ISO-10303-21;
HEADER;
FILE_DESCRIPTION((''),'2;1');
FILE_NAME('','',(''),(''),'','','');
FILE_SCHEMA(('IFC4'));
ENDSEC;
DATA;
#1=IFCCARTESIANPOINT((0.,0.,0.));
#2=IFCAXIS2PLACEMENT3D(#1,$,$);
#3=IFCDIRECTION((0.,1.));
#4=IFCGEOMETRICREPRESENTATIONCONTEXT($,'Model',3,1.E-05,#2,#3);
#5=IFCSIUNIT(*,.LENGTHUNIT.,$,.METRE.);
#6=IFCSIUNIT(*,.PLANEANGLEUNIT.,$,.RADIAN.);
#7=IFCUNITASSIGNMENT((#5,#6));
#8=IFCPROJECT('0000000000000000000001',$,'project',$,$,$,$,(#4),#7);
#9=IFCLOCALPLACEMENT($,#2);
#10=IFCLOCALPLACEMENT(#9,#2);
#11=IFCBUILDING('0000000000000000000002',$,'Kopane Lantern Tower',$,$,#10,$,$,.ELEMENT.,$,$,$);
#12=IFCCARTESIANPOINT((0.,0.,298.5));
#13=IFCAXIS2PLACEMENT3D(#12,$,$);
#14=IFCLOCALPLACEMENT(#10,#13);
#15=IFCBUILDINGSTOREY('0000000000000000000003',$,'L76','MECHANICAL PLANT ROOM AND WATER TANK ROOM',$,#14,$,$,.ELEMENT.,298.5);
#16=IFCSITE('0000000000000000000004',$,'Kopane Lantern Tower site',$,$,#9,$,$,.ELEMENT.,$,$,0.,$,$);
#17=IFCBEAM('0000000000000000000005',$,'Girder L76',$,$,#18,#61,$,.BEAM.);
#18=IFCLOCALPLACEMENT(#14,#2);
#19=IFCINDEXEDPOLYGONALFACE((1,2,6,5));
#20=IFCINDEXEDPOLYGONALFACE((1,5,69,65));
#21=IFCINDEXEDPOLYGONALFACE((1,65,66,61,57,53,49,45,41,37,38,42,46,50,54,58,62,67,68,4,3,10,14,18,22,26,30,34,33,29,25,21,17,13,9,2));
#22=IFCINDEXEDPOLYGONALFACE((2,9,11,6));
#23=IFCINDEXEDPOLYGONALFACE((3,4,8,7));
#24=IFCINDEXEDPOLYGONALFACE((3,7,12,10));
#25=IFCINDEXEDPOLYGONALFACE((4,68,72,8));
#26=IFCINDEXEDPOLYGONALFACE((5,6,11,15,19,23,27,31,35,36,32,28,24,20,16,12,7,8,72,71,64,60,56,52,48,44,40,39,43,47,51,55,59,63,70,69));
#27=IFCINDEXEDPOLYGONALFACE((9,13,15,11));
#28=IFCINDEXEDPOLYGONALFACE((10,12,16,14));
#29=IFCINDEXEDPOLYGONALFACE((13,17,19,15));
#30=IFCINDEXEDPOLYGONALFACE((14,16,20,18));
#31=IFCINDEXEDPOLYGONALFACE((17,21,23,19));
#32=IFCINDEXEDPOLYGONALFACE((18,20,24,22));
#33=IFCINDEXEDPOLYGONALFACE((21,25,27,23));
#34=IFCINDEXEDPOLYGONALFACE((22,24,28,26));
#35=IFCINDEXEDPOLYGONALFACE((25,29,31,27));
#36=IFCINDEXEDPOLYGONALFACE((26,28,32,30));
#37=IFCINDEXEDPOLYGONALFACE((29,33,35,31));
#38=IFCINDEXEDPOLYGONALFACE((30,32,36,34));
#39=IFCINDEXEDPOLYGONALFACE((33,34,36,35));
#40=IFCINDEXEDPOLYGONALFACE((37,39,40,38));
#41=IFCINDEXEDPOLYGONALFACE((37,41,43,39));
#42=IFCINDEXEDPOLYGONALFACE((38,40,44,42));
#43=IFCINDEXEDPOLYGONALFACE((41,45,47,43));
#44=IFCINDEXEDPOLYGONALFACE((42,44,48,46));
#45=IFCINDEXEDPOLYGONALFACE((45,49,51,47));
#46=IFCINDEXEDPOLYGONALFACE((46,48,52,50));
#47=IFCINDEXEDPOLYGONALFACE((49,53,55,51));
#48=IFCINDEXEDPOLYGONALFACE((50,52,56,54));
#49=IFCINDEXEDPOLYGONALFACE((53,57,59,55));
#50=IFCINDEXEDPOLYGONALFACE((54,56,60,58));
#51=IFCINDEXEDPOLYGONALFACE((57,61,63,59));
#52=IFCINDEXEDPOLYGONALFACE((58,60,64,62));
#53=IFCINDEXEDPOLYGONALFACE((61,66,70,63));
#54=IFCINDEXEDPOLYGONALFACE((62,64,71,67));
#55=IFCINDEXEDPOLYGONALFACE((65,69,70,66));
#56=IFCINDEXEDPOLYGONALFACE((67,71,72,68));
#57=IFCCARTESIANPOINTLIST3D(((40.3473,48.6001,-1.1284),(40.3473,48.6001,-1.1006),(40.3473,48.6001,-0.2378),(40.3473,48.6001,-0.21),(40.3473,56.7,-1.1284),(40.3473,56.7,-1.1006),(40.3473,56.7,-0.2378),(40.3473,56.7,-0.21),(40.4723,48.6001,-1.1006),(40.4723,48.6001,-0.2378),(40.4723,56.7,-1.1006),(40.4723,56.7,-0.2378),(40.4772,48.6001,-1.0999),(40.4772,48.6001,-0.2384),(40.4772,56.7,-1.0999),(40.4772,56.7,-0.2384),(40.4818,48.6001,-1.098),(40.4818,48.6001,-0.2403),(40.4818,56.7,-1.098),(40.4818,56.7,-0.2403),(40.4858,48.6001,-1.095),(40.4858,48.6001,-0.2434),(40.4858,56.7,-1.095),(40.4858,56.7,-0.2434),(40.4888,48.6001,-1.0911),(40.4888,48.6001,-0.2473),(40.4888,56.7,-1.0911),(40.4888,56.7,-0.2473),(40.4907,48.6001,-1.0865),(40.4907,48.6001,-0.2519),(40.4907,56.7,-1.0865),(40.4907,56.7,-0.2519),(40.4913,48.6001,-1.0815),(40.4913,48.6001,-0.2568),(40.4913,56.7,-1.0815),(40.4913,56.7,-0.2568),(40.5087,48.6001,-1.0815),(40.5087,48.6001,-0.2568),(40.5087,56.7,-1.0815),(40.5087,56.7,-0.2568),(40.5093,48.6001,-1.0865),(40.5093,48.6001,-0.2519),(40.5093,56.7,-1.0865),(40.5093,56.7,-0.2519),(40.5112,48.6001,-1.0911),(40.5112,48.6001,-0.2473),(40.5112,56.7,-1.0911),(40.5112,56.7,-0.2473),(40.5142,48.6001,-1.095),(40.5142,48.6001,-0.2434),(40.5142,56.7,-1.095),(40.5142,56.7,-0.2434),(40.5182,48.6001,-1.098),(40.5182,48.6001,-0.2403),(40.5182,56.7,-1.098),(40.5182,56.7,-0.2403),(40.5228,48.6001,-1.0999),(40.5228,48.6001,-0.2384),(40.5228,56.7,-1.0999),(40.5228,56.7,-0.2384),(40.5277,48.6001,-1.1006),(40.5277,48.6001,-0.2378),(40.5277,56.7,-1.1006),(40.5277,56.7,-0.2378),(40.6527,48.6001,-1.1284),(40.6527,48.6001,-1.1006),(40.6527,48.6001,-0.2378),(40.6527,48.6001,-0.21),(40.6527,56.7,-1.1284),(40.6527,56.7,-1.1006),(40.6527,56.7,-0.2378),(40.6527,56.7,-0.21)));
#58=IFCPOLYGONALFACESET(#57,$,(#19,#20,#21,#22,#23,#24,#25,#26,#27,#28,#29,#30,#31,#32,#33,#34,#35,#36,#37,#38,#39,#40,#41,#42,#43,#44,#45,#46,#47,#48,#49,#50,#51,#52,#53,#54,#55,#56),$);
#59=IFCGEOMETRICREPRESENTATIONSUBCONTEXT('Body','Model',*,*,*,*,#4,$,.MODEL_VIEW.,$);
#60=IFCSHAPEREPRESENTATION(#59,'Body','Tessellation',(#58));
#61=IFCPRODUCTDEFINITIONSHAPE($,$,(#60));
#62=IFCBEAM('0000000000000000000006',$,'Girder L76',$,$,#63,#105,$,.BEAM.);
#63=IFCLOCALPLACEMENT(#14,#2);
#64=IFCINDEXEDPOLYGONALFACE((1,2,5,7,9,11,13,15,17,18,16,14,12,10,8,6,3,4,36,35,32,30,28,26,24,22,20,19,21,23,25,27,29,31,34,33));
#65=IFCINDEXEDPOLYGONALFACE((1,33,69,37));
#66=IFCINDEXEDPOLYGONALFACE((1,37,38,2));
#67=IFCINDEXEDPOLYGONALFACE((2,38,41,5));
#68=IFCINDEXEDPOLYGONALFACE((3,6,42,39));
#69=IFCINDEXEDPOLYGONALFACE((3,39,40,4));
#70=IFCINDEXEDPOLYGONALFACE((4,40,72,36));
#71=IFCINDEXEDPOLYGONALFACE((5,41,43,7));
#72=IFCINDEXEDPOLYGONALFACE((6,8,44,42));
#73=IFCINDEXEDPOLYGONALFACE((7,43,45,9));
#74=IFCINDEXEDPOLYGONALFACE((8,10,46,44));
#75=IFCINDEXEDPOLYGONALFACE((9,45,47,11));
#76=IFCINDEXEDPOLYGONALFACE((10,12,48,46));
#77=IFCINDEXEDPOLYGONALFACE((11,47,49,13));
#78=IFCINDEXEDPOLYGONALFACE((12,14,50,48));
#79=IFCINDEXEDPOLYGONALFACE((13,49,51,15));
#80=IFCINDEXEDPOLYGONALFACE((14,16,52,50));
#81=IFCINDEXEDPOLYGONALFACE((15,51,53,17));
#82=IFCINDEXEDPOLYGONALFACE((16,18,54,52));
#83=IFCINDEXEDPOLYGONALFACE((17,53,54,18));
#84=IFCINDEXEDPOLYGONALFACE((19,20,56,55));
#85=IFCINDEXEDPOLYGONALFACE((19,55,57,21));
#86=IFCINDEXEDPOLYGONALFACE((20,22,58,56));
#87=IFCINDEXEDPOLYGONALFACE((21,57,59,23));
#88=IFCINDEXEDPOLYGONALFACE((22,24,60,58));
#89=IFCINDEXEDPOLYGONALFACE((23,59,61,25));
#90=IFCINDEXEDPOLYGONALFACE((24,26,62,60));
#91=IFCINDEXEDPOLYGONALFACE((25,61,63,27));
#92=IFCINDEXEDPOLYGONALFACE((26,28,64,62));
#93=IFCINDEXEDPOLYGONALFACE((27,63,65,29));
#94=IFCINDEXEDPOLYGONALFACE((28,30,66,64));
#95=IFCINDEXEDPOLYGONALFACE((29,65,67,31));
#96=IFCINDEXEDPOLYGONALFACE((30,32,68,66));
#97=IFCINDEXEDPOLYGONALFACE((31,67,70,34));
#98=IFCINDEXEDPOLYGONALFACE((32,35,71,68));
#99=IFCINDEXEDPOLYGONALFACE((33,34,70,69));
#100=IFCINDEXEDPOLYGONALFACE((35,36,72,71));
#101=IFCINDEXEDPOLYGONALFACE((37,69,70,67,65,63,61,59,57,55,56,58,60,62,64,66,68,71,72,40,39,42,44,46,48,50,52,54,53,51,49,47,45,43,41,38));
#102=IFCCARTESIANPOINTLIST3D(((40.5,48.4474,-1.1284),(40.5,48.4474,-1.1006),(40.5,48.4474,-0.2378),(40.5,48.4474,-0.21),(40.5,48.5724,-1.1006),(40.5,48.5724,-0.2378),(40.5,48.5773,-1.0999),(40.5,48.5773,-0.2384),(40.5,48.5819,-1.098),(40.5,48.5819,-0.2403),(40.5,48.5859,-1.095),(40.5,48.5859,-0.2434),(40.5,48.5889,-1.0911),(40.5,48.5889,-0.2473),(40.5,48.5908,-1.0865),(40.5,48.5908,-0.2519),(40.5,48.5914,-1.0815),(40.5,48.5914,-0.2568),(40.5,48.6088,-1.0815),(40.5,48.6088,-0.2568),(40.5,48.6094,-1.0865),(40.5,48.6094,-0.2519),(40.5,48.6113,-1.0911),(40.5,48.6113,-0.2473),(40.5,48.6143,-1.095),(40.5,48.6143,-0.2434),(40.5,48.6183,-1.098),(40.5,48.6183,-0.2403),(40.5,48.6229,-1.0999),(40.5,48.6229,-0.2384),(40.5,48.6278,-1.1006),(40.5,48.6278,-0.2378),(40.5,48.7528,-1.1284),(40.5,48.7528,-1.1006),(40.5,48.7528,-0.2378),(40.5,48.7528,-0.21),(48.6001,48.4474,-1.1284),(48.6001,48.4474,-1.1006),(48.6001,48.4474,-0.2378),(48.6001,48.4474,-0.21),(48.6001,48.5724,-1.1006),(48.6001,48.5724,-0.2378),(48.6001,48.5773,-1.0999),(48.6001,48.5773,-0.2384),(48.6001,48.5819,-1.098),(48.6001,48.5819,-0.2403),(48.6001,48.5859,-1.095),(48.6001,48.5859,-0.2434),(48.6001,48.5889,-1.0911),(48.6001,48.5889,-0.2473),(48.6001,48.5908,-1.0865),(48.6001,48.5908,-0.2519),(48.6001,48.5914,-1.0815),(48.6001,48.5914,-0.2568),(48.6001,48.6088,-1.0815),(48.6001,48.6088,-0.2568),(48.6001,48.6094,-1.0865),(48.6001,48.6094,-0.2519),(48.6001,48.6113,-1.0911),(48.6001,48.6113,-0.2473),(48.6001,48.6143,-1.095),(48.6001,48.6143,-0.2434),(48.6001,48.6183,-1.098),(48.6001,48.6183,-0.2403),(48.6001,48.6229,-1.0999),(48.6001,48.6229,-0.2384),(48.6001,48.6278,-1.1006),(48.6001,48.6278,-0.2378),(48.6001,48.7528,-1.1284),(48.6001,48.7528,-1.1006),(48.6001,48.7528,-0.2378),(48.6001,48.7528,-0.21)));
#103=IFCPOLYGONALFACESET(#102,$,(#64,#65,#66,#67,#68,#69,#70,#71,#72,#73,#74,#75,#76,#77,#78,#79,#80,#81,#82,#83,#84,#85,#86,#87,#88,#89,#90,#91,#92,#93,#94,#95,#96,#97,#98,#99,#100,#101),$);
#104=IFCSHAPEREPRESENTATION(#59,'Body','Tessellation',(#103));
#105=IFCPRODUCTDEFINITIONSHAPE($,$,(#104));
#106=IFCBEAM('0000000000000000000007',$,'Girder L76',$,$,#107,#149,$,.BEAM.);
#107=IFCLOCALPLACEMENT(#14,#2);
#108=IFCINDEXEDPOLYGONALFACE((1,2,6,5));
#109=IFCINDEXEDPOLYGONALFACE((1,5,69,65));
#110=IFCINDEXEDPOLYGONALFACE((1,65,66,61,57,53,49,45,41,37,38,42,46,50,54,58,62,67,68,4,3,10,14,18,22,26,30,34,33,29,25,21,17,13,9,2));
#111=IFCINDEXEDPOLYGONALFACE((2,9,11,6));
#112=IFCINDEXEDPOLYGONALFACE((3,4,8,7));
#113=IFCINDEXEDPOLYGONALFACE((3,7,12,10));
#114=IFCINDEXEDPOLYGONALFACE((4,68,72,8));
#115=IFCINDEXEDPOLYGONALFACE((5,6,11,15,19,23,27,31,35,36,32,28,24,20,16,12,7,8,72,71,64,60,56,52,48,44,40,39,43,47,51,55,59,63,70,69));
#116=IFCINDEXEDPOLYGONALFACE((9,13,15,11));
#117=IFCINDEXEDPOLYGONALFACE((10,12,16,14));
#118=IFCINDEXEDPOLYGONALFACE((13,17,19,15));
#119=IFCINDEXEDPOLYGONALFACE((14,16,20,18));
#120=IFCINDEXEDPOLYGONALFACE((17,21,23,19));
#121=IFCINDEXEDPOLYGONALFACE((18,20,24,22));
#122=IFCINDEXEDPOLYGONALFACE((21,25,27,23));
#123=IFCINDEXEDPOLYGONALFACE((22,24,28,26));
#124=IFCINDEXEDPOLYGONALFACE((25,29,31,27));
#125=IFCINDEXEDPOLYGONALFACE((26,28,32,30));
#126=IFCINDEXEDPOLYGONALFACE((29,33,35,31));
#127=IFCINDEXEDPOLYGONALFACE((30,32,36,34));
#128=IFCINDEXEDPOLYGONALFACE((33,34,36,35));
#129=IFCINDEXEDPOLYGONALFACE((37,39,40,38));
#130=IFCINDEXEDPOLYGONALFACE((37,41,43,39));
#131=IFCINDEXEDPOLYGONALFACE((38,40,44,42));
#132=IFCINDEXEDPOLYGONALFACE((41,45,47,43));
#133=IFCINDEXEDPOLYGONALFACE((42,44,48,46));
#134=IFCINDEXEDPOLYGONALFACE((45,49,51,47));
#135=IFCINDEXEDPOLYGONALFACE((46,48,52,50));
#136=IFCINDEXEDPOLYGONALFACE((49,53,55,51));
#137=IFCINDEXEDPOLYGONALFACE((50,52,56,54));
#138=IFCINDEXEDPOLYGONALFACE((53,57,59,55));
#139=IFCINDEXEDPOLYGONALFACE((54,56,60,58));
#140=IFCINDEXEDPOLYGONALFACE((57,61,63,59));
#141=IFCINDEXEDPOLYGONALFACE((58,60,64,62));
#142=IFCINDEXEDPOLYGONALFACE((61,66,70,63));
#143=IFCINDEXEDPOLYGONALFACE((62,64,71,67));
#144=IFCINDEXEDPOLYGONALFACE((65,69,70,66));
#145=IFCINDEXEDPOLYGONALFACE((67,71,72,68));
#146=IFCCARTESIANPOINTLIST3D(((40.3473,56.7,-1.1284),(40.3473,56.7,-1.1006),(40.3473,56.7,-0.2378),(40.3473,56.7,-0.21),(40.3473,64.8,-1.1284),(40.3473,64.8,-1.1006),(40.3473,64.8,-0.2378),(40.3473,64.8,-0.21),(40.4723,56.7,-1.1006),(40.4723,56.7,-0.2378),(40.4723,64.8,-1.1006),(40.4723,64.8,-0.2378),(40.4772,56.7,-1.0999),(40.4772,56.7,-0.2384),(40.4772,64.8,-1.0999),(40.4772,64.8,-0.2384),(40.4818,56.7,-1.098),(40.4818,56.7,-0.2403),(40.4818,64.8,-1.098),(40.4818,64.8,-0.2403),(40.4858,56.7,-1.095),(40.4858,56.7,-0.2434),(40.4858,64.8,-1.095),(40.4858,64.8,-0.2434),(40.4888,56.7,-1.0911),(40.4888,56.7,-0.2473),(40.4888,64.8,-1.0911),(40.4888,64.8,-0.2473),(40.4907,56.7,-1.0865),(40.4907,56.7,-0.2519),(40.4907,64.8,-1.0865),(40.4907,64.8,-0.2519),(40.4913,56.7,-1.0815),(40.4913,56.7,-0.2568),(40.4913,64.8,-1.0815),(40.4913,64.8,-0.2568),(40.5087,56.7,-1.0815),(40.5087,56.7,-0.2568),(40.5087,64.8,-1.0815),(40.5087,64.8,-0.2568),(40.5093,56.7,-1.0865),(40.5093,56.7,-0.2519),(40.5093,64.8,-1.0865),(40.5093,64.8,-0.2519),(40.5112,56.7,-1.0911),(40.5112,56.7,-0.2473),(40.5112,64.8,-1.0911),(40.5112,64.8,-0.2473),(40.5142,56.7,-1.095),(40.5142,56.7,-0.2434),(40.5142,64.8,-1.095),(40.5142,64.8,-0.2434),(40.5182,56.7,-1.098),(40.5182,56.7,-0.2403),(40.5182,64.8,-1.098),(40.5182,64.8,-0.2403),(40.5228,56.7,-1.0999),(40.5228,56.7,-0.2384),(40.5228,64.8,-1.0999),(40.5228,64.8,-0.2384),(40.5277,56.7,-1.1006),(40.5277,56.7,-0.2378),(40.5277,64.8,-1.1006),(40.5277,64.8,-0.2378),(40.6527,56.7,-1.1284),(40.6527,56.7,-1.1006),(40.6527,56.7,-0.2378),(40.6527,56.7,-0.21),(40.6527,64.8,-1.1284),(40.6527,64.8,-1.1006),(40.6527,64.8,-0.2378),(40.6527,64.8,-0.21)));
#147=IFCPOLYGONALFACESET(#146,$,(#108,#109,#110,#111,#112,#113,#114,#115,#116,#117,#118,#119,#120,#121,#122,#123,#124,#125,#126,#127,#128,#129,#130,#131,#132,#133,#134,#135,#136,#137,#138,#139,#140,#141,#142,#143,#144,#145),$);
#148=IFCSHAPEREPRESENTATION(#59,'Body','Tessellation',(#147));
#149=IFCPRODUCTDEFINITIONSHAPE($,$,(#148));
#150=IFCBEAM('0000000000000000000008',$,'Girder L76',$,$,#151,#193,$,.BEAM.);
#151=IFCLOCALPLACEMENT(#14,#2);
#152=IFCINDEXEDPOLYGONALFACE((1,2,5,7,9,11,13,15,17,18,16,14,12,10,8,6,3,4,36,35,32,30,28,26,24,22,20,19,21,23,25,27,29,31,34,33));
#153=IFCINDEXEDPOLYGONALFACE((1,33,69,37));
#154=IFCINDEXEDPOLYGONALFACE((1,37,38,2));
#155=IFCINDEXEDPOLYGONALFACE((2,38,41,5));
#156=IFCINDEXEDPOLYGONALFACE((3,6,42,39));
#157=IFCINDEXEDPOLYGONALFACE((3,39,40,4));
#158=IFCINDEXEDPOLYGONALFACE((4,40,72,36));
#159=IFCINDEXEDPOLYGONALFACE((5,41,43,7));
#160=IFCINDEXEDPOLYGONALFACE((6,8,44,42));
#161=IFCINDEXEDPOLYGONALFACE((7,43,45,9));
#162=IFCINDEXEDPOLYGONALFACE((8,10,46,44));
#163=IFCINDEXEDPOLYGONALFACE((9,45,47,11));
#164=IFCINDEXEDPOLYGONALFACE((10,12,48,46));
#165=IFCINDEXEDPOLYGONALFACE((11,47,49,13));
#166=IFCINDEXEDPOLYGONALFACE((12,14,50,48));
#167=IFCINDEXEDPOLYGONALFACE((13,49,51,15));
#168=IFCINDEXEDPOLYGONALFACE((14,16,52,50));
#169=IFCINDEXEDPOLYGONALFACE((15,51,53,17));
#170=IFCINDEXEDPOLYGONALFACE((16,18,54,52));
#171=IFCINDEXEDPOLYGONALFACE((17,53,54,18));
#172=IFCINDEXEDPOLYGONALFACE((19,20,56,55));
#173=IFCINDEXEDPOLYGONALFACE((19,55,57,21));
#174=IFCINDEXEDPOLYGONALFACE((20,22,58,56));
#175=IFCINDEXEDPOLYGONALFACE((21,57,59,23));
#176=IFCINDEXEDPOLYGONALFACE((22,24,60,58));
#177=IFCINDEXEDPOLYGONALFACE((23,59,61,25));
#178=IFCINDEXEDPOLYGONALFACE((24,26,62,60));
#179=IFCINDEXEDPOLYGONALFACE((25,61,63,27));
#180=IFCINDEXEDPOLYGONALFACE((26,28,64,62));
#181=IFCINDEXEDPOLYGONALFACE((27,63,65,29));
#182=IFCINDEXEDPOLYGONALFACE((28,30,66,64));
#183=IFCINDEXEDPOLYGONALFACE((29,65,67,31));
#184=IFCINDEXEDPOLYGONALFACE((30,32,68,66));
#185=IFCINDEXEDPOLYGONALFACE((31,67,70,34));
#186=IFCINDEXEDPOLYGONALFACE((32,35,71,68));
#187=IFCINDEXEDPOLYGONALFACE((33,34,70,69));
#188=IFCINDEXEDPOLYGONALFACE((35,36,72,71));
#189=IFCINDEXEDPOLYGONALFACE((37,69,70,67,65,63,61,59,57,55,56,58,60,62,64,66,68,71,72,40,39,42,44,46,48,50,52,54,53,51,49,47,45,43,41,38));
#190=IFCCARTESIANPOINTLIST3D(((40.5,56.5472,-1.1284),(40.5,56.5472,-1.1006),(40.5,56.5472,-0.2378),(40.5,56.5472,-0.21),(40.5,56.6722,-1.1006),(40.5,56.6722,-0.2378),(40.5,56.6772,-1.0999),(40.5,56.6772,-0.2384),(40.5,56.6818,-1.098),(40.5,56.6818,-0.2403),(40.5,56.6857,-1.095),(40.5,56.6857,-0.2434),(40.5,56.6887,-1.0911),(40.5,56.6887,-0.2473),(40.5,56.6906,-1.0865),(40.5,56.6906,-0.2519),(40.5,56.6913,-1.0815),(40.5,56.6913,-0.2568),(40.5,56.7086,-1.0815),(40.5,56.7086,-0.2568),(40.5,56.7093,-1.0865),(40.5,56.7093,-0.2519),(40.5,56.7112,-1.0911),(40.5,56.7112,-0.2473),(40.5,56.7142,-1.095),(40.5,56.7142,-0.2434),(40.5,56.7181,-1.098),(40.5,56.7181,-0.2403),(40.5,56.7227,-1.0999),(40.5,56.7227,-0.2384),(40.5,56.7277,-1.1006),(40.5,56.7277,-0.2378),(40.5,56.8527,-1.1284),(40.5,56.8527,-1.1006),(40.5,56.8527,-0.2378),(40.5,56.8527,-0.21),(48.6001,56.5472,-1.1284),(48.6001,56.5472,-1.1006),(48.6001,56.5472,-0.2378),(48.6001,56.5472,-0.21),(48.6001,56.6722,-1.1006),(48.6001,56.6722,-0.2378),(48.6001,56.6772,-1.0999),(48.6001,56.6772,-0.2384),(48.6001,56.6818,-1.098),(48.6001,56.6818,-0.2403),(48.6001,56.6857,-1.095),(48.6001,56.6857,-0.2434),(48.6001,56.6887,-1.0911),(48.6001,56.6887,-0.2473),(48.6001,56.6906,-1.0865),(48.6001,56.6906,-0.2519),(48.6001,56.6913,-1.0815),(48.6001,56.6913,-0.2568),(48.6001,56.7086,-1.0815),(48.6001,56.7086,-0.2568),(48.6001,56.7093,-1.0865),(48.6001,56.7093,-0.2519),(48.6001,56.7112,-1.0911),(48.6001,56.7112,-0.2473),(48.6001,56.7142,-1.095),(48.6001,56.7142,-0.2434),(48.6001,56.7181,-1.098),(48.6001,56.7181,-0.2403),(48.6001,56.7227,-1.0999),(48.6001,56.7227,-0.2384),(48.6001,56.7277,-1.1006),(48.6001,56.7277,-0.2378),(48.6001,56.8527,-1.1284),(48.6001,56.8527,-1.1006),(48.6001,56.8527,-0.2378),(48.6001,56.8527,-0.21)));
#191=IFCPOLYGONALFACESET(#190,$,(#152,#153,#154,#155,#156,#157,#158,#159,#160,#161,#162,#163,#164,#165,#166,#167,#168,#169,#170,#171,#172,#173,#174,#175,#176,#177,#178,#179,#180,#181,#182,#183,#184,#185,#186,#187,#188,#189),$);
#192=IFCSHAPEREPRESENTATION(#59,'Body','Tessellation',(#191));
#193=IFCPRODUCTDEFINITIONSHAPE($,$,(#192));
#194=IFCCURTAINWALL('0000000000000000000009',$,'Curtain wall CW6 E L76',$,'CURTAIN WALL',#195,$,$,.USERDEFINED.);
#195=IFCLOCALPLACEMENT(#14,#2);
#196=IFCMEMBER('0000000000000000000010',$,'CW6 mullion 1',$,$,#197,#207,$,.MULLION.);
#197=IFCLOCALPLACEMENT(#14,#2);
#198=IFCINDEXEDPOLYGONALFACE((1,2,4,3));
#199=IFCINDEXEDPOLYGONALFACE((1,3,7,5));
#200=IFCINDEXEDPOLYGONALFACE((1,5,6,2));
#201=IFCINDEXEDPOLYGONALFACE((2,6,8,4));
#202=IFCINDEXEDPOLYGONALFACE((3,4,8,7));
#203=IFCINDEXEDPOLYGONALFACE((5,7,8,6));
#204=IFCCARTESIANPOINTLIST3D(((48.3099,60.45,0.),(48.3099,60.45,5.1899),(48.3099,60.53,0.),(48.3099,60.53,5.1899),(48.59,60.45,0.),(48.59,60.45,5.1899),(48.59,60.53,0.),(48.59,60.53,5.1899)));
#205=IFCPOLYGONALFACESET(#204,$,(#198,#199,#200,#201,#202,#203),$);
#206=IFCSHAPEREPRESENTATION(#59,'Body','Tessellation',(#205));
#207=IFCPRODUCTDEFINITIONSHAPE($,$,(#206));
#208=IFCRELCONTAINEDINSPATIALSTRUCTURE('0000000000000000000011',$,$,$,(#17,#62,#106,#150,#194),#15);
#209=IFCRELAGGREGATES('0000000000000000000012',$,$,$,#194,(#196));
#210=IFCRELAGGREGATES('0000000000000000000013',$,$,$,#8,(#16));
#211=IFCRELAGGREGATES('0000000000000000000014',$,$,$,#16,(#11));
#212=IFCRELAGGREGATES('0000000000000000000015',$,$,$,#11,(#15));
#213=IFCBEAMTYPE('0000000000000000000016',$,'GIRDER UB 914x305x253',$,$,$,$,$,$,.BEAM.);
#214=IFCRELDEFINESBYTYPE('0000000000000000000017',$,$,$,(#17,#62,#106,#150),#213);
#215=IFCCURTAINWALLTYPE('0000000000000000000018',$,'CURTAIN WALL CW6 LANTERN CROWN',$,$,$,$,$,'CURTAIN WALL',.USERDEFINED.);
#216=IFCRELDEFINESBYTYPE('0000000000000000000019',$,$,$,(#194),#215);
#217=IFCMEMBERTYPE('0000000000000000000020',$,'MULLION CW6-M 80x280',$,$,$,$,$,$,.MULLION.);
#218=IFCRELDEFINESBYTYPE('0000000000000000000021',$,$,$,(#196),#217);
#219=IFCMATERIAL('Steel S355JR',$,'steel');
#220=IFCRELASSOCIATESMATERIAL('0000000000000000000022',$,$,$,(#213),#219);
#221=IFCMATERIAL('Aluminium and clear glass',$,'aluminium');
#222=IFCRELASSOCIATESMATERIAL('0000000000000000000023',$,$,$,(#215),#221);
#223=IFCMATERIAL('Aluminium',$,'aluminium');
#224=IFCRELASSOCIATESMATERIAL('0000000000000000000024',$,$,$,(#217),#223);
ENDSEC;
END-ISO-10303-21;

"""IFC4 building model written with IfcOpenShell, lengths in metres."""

from ifc_helpers import new_model, si_unit, direction, frame, origin, origin_2d, place, context, subcontext, project, spatial, rectangle, i_section, extrude, material, material_profile, profile_set, type_object, element, aggregate, save


model = new_model("IFC4")

# Units and contexts
model_context = context("Model", 3, precision=1e-05, world=origin(), true_north=direction((0.0, 1.0)))
body_context = subcontext(model_context, "Body", "Model", "MODEL_VIEW")
ifc_project = project(units=[si_unit("LENGTHUNIT", "METRE"), si_unit("PLANEANGLEUNIT", "RADIAN")], contexts=[model_context])

# Site, building, storey
site_placement = place(None, origin())
site = spatial("IfcSite", under=ifc_project, at=site_placement, Name="Kopane Lantern Tower site", CompositionType="ELEMENT", RefElevation=0.0)
building_placement = place(site_placement, origin())
building = spatial("IfcBuilding", under=site, at=building_placement, Name="Kopane Lantern Tower", CompositionType="ELEMENT")
storey_placement = place(building_placement, frame((0.0, 0.0, 298.5)))
storey = spatial("IfcBuildingStorey", under=building, at=storey_placement, Name="L76", Description="MECHANICAL PLANT ROOM AND WATER TANK ROOM", CompositionType="ELEMENT", Elevation=298.5)

# Beams
ifc_material_1 = material(Name="Steel S355JR", Category="steel")
ifc_material_profile_1 = material_profile(ifc_material_1, i_section(OverallWidth=0.3054, OverallDepth=0.9185, WebThickness=0.0173, FlangeThickness=0.0278, FilletRadius=0.019, at=origin_2d()), Name="UB 914x305x253")
ifc_profile_set_1 = profile_set([ifc_material_profile_1], Name="Steel S355JR")
beam_type = type_object("IfcBeamType", Name="GIRDER UB 914x305x253", PredefinedType="BEAM", material=ifc_profile_set_1)
beam_1_placement = place(storey_placement, frame((40.5, 48.6001, -0.6692), z_axis=(0.0, 1.0, 0.0), x_axis=(-1.0, 0.0, 0.0)))
element("IfcBeam", 1, at=beam_1_placement, inside=storey, type_object=beam_type, Name="Girder L76", PredefinedType="BEAM", context=body_context, shape_type="SweptSolid", body=[
    extrude(i_section(OverallWidth=0.3054, OverallDepth=0.9185, WebThickness=0.0173, FlangeThickness=0.0278, FilletRadius=0.019, at=origin_2d()), origin(), (0.0, 0.0, 1.0), 8.0999),
])
for number, where, z_axis, x_axis, name in (
    (2, (40.5, 48.6001, -0.6692), (1.0, 0.0, 0.0), (0.0, 1.0, 0.0), "Girder L76"),
    (3, (40.5, 56.7, -0.6692), (0.0, 1.0, 0.0), (-1.0, 0.0, 0.0), "Girder L76"),
    (4, (40.5, 56.7, -0.6692), (1.0, 0.0, 0.0), (0.0, 1.0, 0.0), "Girder L76"),
):
    element("IfcBeam", number, at=place(storey_placement, frame(where, z_axis=z_axis, x_axis=x_axis)), inside=storey, type_object=beam_type, Name=name, PredefinedType="BEAM", context=body_context, shape_type="SweptSolid", body=[
        extrude(i_section(OverallWidth=0.3054, OverallDepth=0.9185, WebThickness=0.0173, FlangeThickness=0.0278, FilletRadius=0.019, at=origin_2d()), origin(), (0.0, 0.0, 1.0), 8.1001),
    ])

# Curtain wall, member
ifc_material_2 = material(Name="Aluminium and clear glass", Category="aluminium")
curtain_wall_type = type_object("IfcCurtainWallType", Name="CURTAIN WALL CW6 LANTERN CROWN", ElementType="CURTAIN WALL", PredefinedType="USERDEFINED", material=ifc_material_2)
curtain_wall_placement = place(storey_placement, origin())
curtain_wall = element("IfcCurtainWall", 5, at=curtain_wall_placement, inside=storey, type_object=curtain_wall_type, Name="Curtain wall CW6 E L76", ObjectType="CURTAIN WALL", PredefinedType="USERDEFINED")
ifc_material_3 = material(Name="Aluminium", Category="aluminium")
ifc_material_profile_2 = material_profile(ifc_material_3, rectangle(XDim=0.0801, YDim=0.28, at=origin_2d()), Name="AL 80x280")
ifc_profile_set_2 = profile_set([ifc_material_profile_2], Name="Aluminium")
member_type_1 = type_object("IfcMemberType", Name="MULLION CW6-M 80x280", PredefinedType="MULLION", material=ifc_profile_set_2)
member_1_placement = place(storey_placement, frame((48.45, 60.49, 0.0), z_axis=(0.0, 0.0, 1.0), x_axis=(0.0, 1.0, 0.0)))
member_1 = element("IfcMember", 6, at=member_1_placement, type_object=member_type_1, Name="CW6 mullion 1", PredefinedType="MULLION", context=body_context, shape_type="SweptSolid", body=[
    extrude(rectangle(XDim=0.0801, YDim=0.28, at=origin_2d()), origin(), (0.0, 0.0, 1.0), 5.1899),
])
aggregate(curtain_wall, [member_1])

save(model, "model.ifc")
